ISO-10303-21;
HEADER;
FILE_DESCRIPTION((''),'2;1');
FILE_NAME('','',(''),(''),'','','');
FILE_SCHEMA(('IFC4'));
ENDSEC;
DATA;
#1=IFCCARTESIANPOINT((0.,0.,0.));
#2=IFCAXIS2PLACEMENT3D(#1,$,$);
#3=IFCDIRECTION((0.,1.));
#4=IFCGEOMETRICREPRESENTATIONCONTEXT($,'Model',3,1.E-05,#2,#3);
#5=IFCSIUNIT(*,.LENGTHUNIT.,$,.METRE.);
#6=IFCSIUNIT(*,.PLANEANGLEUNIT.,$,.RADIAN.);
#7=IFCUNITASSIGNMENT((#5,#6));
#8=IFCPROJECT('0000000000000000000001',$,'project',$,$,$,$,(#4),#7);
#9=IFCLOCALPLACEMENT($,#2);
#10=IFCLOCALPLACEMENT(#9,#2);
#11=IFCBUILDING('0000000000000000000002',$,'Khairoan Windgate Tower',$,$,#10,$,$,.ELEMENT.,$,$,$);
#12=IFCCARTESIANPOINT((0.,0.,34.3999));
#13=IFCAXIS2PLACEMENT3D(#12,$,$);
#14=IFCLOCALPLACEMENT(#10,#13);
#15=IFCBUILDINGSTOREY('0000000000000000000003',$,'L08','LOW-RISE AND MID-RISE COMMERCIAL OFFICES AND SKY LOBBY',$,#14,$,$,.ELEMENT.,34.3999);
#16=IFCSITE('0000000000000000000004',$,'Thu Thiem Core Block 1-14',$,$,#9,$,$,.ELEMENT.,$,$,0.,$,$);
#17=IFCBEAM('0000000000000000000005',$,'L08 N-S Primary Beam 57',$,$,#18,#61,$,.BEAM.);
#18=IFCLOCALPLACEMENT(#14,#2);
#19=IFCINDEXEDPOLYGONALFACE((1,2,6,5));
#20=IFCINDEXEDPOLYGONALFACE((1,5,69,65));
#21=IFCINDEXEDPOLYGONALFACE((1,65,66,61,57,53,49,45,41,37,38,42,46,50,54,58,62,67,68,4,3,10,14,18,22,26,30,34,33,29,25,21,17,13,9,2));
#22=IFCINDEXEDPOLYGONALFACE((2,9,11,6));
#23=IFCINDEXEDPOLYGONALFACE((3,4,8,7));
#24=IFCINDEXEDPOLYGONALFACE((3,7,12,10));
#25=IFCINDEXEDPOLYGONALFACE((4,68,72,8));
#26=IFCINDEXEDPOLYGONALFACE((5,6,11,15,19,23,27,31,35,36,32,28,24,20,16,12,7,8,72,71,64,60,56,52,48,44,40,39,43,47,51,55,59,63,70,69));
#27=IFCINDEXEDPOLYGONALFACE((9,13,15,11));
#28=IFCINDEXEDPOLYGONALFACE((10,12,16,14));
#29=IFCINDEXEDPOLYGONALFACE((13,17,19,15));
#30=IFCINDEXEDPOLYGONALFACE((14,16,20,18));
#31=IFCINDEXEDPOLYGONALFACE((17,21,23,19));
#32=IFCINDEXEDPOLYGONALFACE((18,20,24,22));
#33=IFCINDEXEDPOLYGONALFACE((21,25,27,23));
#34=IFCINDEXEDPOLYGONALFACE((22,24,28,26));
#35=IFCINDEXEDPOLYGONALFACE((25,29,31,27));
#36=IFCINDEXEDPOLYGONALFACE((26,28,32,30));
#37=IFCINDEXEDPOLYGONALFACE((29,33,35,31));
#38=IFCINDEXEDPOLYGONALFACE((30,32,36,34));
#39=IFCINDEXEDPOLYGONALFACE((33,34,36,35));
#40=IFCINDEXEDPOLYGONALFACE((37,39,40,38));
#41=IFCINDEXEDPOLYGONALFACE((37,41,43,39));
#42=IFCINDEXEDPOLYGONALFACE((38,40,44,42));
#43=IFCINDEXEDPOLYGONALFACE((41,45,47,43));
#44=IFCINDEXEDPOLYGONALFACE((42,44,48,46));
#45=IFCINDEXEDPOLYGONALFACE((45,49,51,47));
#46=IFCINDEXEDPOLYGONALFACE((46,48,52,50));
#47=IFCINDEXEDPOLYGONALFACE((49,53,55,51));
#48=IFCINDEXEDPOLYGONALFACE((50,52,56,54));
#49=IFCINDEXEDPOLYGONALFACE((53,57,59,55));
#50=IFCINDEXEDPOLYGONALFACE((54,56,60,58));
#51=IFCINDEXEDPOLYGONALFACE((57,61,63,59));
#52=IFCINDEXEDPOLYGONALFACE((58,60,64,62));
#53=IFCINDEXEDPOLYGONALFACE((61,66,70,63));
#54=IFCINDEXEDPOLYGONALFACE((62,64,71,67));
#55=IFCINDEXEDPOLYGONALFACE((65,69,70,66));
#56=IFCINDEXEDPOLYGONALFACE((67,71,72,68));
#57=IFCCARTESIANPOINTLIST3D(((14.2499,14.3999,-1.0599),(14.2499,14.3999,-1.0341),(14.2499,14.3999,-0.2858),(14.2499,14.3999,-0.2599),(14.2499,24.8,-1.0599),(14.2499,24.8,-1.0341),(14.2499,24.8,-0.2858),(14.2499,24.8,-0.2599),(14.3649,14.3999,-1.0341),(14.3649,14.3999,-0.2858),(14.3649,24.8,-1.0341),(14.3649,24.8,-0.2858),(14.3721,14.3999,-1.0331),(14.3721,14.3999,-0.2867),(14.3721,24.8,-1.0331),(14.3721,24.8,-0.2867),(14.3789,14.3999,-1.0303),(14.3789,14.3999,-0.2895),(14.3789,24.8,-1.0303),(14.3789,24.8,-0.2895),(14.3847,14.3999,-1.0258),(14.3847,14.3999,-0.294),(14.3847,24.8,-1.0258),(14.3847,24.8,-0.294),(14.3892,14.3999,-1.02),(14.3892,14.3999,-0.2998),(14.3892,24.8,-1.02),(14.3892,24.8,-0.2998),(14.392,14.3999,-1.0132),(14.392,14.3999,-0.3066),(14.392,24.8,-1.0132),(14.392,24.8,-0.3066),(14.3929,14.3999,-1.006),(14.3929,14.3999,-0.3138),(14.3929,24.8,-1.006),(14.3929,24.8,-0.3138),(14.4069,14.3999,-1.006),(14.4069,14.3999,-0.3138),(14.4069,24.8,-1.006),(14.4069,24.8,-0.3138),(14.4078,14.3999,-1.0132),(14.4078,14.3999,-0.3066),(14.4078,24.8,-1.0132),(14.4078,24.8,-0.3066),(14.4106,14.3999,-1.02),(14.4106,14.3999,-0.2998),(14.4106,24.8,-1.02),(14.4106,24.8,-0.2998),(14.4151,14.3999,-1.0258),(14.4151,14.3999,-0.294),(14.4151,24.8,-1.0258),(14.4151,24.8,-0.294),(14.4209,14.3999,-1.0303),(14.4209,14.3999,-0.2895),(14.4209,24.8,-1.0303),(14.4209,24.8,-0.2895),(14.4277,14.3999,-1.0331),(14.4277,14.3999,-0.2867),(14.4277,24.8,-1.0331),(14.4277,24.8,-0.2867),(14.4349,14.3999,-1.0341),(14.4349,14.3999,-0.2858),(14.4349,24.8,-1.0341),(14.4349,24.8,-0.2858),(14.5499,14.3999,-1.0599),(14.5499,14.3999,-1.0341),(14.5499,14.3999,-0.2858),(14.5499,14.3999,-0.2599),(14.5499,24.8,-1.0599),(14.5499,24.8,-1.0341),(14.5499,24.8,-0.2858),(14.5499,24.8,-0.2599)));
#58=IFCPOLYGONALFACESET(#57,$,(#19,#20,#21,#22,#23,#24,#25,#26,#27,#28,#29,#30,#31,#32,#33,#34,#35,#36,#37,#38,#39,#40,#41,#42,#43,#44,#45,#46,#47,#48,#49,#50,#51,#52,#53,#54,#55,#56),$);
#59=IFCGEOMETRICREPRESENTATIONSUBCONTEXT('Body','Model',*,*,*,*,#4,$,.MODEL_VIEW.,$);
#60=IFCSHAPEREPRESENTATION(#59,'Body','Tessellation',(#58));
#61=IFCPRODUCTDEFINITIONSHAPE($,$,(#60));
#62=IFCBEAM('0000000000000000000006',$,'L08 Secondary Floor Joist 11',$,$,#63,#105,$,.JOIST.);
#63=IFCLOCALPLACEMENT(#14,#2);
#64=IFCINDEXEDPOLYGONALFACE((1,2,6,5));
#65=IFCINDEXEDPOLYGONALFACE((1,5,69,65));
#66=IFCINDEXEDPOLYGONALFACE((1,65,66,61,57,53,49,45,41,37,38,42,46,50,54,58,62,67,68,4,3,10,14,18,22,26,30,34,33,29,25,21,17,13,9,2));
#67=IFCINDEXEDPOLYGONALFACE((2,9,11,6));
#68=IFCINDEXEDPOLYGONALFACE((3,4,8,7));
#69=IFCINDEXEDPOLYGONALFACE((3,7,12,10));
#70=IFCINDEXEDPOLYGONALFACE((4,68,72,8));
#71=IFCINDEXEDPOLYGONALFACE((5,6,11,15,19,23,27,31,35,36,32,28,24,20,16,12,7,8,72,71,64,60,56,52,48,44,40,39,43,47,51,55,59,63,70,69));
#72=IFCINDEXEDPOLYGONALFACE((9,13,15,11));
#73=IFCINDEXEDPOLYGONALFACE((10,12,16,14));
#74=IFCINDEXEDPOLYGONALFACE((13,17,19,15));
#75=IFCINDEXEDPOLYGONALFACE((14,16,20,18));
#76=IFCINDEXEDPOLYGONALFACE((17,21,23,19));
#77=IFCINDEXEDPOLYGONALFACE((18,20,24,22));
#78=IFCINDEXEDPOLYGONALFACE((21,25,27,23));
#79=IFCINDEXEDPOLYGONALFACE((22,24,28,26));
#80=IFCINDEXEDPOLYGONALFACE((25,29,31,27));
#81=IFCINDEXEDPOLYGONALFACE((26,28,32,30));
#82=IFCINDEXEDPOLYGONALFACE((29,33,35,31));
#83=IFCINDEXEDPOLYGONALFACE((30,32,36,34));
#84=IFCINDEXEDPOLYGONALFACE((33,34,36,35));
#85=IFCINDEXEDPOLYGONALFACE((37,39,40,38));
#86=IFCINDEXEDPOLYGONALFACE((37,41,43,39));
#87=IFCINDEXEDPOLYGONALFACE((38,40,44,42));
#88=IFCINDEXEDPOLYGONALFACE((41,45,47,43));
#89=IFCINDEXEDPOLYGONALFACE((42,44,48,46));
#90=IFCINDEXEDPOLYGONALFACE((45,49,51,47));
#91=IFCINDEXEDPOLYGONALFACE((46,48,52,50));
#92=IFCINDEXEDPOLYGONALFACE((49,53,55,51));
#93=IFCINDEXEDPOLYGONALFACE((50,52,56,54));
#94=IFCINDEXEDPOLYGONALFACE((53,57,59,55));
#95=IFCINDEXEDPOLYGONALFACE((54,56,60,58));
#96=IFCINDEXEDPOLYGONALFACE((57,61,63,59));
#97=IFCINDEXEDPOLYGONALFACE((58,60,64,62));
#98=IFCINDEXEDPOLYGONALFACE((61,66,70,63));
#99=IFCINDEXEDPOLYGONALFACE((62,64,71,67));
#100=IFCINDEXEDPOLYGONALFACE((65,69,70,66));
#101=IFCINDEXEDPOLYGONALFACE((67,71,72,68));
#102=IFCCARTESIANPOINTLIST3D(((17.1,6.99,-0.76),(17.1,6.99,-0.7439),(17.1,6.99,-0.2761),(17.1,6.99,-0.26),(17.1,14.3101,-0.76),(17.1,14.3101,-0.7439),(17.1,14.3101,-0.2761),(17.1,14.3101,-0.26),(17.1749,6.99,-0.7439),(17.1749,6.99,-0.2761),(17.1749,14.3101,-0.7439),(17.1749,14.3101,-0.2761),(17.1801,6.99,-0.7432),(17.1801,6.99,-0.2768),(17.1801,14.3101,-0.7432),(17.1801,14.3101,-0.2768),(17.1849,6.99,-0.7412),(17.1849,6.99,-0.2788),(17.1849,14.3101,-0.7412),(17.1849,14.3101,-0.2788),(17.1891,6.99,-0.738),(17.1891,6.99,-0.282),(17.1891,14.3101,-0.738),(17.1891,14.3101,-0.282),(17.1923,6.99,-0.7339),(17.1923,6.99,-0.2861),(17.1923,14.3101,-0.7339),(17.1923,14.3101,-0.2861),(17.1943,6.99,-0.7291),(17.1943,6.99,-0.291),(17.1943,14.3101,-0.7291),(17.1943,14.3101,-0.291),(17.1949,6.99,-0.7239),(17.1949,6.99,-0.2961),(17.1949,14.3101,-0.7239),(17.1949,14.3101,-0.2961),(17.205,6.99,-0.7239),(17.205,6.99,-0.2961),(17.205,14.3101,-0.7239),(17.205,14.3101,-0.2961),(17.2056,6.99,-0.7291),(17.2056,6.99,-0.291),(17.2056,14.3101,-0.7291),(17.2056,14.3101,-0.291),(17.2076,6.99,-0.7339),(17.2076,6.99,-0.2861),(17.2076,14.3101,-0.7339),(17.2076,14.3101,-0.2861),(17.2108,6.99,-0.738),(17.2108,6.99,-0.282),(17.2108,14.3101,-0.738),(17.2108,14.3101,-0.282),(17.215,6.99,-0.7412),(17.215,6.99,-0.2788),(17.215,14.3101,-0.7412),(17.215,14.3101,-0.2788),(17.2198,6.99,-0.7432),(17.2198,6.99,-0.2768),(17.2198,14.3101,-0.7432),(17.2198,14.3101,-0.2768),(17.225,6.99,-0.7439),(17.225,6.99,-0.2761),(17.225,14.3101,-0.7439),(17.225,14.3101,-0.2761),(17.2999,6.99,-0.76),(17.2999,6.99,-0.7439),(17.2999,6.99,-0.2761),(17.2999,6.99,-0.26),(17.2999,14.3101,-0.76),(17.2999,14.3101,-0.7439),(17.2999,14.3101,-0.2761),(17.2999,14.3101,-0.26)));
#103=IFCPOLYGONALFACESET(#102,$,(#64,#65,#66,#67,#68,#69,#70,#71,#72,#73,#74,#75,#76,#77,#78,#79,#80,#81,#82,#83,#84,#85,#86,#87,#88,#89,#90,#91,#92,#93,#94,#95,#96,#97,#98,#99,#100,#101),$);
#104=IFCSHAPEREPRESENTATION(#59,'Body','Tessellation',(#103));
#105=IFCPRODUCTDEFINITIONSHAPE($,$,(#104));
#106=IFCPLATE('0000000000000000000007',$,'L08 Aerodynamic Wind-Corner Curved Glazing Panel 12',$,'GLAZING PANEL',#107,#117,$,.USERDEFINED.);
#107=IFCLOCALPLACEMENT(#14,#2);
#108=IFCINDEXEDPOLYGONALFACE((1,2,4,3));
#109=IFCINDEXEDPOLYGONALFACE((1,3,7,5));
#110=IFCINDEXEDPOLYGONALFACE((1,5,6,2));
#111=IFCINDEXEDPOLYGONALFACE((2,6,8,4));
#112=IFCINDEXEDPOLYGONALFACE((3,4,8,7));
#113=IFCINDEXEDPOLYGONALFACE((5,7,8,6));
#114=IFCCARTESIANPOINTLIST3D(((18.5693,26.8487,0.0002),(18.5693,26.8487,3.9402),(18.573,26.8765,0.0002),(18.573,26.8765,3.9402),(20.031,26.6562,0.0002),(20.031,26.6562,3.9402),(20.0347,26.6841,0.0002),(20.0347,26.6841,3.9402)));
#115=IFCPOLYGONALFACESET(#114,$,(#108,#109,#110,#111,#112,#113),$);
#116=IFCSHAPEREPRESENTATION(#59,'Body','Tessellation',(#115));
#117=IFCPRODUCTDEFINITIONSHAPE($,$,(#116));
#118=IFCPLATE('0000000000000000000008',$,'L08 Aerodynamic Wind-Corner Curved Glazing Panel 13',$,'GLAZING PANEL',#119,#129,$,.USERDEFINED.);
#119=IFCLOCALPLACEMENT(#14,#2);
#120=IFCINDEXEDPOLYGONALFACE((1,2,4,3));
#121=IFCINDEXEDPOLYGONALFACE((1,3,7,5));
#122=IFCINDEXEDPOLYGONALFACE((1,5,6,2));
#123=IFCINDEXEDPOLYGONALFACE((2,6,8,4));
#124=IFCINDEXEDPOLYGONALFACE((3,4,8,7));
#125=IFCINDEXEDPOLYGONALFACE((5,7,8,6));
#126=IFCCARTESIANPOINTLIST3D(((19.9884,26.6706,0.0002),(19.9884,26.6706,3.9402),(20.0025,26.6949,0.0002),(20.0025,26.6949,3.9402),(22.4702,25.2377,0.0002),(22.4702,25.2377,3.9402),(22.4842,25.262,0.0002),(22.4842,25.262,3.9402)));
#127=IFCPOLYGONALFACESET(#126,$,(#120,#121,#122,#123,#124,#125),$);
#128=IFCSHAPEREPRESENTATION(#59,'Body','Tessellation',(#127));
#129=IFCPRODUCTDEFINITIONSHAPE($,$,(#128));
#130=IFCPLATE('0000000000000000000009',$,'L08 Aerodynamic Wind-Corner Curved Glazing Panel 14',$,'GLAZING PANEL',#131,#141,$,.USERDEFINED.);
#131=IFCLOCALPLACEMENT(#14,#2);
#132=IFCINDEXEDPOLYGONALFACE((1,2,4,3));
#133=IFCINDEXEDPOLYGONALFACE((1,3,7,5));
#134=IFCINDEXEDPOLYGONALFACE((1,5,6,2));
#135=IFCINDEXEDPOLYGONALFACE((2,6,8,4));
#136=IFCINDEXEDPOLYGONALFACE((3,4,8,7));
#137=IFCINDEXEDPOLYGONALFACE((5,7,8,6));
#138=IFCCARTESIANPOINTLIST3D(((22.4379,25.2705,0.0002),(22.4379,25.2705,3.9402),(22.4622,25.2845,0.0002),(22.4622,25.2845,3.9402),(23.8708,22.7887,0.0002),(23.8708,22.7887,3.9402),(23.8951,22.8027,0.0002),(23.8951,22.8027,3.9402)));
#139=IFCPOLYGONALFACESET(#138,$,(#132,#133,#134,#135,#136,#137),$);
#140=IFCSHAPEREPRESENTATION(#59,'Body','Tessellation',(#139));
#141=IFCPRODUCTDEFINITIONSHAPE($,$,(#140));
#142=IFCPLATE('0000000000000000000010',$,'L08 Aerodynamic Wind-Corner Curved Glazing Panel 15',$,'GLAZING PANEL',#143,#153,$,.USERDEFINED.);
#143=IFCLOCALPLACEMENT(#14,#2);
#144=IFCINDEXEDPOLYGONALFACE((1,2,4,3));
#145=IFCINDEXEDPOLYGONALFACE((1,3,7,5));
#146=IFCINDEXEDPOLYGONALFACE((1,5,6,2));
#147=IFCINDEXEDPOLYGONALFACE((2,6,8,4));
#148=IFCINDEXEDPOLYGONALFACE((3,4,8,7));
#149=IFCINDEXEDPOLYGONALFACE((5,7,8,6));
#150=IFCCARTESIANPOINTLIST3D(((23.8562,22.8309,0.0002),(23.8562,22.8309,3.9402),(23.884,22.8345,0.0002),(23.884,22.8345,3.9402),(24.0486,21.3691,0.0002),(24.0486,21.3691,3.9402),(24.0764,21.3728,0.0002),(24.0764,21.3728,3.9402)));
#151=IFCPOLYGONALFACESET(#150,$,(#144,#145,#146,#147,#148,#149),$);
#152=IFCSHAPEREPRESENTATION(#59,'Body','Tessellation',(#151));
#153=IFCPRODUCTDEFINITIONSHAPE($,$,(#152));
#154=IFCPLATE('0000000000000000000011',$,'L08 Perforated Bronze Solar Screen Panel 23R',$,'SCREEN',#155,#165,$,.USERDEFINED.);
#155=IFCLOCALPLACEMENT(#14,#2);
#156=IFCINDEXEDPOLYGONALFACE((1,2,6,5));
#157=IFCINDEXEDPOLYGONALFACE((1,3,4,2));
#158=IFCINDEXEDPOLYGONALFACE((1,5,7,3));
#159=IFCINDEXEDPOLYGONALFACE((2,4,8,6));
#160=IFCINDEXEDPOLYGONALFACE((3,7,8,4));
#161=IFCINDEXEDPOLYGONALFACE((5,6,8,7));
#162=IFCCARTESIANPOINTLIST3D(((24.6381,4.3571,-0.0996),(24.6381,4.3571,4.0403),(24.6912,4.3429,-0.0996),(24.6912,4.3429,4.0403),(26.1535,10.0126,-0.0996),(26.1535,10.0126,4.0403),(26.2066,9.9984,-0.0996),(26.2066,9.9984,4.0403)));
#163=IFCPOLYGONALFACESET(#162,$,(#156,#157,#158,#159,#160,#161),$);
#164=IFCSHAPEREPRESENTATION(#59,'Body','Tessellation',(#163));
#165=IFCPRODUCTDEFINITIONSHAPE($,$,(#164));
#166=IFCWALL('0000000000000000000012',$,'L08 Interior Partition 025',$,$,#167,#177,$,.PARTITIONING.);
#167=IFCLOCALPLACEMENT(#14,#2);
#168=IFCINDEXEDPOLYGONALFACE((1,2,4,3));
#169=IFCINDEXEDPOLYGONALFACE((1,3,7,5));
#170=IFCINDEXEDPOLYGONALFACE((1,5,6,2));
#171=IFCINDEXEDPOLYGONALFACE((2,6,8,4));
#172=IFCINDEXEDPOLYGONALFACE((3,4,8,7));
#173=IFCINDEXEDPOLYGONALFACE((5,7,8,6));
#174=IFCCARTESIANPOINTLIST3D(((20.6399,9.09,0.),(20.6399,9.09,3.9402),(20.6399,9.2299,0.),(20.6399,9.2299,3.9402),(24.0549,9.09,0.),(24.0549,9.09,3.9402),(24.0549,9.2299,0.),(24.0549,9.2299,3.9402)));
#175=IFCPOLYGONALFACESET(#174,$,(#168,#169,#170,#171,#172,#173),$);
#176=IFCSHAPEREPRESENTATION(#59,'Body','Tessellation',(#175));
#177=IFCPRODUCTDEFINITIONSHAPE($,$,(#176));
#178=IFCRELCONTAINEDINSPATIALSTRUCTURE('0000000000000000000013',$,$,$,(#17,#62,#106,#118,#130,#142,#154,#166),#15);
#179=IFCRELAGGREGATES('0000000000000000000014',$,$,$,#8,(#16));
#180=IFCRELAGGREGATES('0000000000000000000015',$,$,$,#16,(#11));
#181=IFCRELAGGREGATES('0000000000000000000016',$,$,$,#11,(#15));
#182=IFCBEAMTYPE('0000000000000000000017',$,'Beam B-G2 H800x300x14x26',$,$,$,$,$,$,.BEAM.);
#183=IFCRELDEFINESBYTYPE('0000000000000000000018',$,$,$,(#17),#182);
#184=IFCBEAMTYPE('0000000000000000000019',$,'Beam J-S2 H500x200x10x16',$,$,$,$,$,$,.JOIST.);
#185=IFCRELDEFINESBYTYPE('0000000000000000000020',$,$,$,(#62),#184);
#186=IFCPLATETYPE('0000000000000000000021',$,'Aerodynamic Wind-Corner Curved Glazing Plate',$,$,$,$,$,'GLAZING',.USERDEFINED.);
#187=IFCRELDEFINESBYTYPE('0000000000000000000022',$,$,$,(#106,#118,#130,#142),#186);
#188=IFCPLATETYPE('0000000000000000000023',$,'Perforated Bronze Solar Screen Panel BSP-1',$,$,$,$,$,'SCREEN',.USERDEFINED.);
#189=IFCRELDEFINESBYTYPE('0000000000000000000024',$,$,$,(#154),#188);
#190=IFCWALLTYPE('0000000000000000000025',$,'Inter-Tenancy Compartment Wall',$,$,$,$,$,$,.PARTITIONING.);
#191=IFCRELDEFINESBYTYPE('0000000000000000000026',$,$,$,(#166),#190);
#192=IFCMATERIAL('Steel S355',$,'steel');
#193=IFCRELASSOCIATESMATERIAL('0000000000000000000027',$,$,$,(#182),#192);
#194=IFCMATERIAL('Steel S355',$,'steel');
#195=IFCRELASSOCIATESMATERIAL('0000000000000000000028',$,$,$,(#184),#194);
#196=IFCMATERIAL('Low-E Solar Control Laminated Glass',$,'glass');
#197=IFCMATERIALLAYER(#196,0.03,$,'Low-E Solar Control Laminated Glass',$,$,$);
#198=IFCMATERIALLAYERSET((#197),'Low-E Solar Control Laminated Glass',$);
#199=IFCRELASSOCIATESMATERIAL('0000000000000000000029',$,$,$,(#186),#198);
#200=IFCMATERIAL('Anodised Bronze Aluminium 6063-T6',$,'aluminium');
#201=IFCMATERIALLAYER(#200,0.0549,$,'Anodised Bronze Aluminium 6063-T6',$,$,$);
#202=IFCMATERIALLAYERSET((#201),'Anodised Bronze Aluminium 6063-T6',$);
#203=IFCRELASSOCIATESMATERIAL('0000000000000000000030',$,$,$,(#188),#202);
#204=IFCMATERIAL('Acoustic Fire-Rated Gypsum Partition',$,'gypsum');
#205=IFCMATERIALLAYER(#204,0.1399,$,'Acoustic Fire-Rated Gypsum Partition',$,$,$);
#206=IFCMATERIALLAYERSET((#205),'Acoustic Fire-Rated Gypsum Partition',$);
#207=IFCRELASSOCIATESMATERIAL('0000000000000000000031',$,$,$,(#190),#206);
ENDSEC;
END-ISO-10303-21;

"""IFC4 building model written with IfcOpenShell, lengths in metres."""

from ifc_helpers import new_model, si_unit, direction, frame, frame_2d, origin, origin_2d, place, context, subcontext, project, spatial, rectangle, i_section, extrude, material, layer, layer_set, material_profile, profile_set, type_object, element, save


model = new_model("IFC4")

# Units and contexts
model_context = context("Model", 3, precision=1e-05, world=origin(), true_north=direction((0.0, 1.0)))
body_context = subcontext(model_context, "Body", "Model", "MODEL_VIEW")
ifc_project = project(units=[si_unit("LENGTHUNIT", "METRE"), si_unit("PLANEANGLEUNIT", "RADIAN")], contexts=[model_context])

# Site, building, storey
site_placement = place(None, origin())
site = spatial("IfcSite", under=ifc_project, at=site_placement, Name="Thu Thiem Core Block 1-14", CompositionType="ELEMENT", RefElevation=0.0)
building_placement = place(site_placement, origin())
building = spatial("IfcBuilding", under=site, at=building_placement, Name="Khairoan Windgate Tower", CompositionType="ELEMENT")
storey_placement = place(building_placement, frame((0.0, 0.0, 34.3999)))
storey = spatial("IfcBuildingStorey", under=building, at=storey_placement, Name="L08", Description="LOW-RISE AND MID-RISE COMMERCIAL OFFICES AND SKY LOBBY", CompositionType="ELEMENT", Elevation=34.3999)

# Beams
ifc_material_1 = material(Name="Steel S355", Category="steel")
ifc_material_profile_1 = material_profile(ifc_material_1, i_section(OverallWidth=0.3, OverallDepth=0.8, WebThickness=0.0139, FlangeThickness=0.0259, FilletRadius=0.0281, at=origin_2d()))
ifc_profile_set_1 = profile_set([ifc_material_profile_1], Name="Steel S355")
beam_type_1 = type_object("IfcBeamType", Name="Beam B-G2 H800x300x14x26", PredefinedType="BEAM", material=ifc_profile_set_1)
beam_1_placement = place(storey_placement, frame((14.3999, 14.3999, -0.6599), z_axis=(0.0, 1.0, 0.0), x_axis=(-1.0, 0.0, 0.0)))
element("IfcBeam", 1, at=beam_1_placement, inside=storey, type_object=beam_type_1, Name="L08 N-S Primary Beam 57", PredefinedType="BEAM", context=body_context, shape_type="SweptSolid", body=[
    extrude(i_section(OverallWidth=0.3, OverallDepth=0.8, WebThickness=0.0139, FlangeThickness=0.0259, FilletRadius=0.0281, at=origin_2d()), origin(), (0.0, 0.0, 1.0), 10.4001),
])
ifc_material_2 = material(Name="Steel S355", Category="steel")
ifc_material_profile_2 = material_profile(ifc_material_2, i_section(OverallWidth=0.2, OverallDepth=0.5, WebThickness=0.01, FlangeThickness=0.0161, FilletRadius=0.02, at=origin_2d()))
ifc_profile_set_2 = profile_set([ifc_material_profile_2], Name="Steel S355")
beam_type_2 = type_object("IfcBeamType", Name="Beam J-S2 H500x200x10x16", PredefinedType="JOIST", material=ifc_profile_set_2)
beam_2_placement = place(storey_placement, frame((17.2, 6.99, -0.51), z_axis=(0.0, 1.0, 0.0), x_axis=(-1.0, 0.0, 0.0)))
element("IfcBeam", 2, at=beam_2_placement, inside=storey, type_object=beam_type_2, Name="L08 Secondary Floor Joist 11", PredefinedType="JOIST", context=body_context, shape_type="SweptSolid", body=[
    extrude(i_section(OverallWidth=0.2, OverallDepth=0.5, WebThickness=0.01, FlangeThickness=0.0161, FilletRadius=0.02, at=origin_2d()), origin(), (0.0, 0.0, 1.0), 7.3201),
])

# Plates
ifc_material_3 = material(Name="Low-E Solar Control Laminated Glass", Category="glass")
ifc_layer_1 = layer(ifc_material_3, 0.03, Name="Low-E Solar Control Laminated Glass")
ifc_layer_set_1 = layer_set([ifc_layer_1], Name="Low-E Solar Control Laminated Glass")
plate_type_1 = type_object("IfcPlateType", Name="Aerodynamic Wind-Corner Curved Glazing Plate", ElementType="GLAZING", PredefinedType="USERDEFINED", material=ifc_layer_set_1)
plate_1_placement = place(storey_placement, frame((19.302, 26.7664, 0.0002), z_axis=(0.0, 0.0, 1.0), x_axis=(0.991445, -0.130526, 0.0)))
element("IfcPlate", 3, at=plate_1_placement, inside=storey, type_object=plate_type_1, Name="L08 Aerodynamic Wind-Corner Curved Glazing Panel 12", ObjectType="GLAZING PANEL", PredefinedType="USERDEFINED", context=body_context, shape_type="SweptSolid", body=[
    extrude(rectangle(XDim=1.4744, YDim=0.0281, at=origin_2d()), origin(), (0.0, 0.0, 1.0), 3.9399),
])
for number, where, z_axis, x_axis, name in (
    (4, (21.2363, 25.9663, 0.0002), (0.0, 0.0, 1.0), (0.866025, -0.5, 0.0), "L08 Aerodynamic Wind-Corner Curved Glazing Panel 13"),
    (5, (23.1665, 24.0366, 0.0002), (0.0, 0.0, 1.0), (0.5, -0.866025, 0.0), "L08 Aerodynamic Wind-Corner Curved Glazing Panel 14"),
):
    element("IfcPlate", number, at=place(storey_placement, frame(where, z_axis=z_axis, x_axis=x_axis)), inside=storey, type_object=plate_type_1, Name=name, ObjectType="GLAZING PANEL", PredefinedType="USERDEFINED", context=body_context, shape_type="SweptSolid", body=[
        extrude(rectangle(XDim=2.8657, YDim=0.0281, at=origin_2d()), origin(), (0.0, 0.0, 1.0), 3.9399),
    ])
plate_2_placement = place(storey_placement, frame((23.9663, 22.1018, 0.0002), z_axis=(0.0, 0.0, 1.0), x_axis=(0.130526, -0.991445, 0.0)))
element("IfcPlate", 6, at=plate_2_placement, inside=storey, type_object=plate_type_1, Name="L08 Aerodynamic Wind-Corner Curved Glazing Panel 15", ObjectType="GLAZING PANEL", PredefinedType="USERDEFINED", context=body_context, shape_type="SweptSolid", body=[
    extrude(rectangle(XDim=1.4744, YDim=0.0281, at=origin_2d()), origin(), (0.0, 0.0, 1.0), 3.9399),
])

# Plate
ifc_material_4 = material(Name="Anodised Bronze Aluminium 6063-T6", Category="aluminium")
ifc_layer_2 = layer(ifc_material_4, 0.0549, Name="Anodised Bronze Aluminium 6063-T6")
ifc_layer_set_2 = layer_set([ifc_layer_2], Name="Anodised Bronze Aluminium 6063-T6")
plate_type_2 = type_object("IfcPlateType", Name="Perforated Bronze Solar Screen Panel BSP-1", ElementType="SCREEN", PredefinedType="USERDEFINED", material=ifc_layer_set_2)
plate_3_placement = place(storey_placement, frame((25.4224, 7.1777, -0.0996), z_axis=(0.0, 0.0, 1.0), x_axis=(-0.258819, -0.965926, 0.0)))
element("IfcPlate", 7, at=plate_3_placement, inside=storey, type_object=plate_type_2, Name="L08 Perforated Bronze Solar Screen Panel 23R", ObjectType="SCREEN", PredefinedType="USERDEFINED", context=body_context, shape_type="SweptSolid", body=[
    extrude(rectangle(XDim=5.855, YDim=0.0549, at=origin_2d()), origin(), (0.0, 0.0, 1.0), 4.1399),
])

# Wall
ifc_material_5 = material(Name="Acoustic Fire-Rated Gypsum Partition", Category="gypsum")
ifc_layer_3 = layer(ifc_material_5, 0.1399, Name="Acoustic Fire-Rated Gypsum Partition")
ifc_layer_set_3 = layer_set([ifc_layer_3], Name="Acoustic Fire-Rated Gypsum Partition")
wall_type_1 = type_object("IfcWallType", Name="Inter-Tenancy Compartment Wall", PredefinedType="PARTITIONING", material=ifc_layer_set_3)
wall_1_placement = place(storey_placement, frame((20.6399, 9.1599, 0.0), z_axis=(0.0, 0.0, 1.0), x_axis=(1.0, 0.0, 0.0)))
element("IfcWall", 8, at=wall_1_placement, inside=storey, type_object=wall_type_1, Name="L08 Interior Partition 025", PredefinedType="PARTITIONING", context=body_context, shape_type="SweptSolid", body=[
    extrude(rectangle(XDim=3.415, YDim=0.1399, at=frame_2d((1.7075, 0.0))), origin(), (0.0, 0.0, 1.0), 3.9402),
])

save(model, "model.ifc")
